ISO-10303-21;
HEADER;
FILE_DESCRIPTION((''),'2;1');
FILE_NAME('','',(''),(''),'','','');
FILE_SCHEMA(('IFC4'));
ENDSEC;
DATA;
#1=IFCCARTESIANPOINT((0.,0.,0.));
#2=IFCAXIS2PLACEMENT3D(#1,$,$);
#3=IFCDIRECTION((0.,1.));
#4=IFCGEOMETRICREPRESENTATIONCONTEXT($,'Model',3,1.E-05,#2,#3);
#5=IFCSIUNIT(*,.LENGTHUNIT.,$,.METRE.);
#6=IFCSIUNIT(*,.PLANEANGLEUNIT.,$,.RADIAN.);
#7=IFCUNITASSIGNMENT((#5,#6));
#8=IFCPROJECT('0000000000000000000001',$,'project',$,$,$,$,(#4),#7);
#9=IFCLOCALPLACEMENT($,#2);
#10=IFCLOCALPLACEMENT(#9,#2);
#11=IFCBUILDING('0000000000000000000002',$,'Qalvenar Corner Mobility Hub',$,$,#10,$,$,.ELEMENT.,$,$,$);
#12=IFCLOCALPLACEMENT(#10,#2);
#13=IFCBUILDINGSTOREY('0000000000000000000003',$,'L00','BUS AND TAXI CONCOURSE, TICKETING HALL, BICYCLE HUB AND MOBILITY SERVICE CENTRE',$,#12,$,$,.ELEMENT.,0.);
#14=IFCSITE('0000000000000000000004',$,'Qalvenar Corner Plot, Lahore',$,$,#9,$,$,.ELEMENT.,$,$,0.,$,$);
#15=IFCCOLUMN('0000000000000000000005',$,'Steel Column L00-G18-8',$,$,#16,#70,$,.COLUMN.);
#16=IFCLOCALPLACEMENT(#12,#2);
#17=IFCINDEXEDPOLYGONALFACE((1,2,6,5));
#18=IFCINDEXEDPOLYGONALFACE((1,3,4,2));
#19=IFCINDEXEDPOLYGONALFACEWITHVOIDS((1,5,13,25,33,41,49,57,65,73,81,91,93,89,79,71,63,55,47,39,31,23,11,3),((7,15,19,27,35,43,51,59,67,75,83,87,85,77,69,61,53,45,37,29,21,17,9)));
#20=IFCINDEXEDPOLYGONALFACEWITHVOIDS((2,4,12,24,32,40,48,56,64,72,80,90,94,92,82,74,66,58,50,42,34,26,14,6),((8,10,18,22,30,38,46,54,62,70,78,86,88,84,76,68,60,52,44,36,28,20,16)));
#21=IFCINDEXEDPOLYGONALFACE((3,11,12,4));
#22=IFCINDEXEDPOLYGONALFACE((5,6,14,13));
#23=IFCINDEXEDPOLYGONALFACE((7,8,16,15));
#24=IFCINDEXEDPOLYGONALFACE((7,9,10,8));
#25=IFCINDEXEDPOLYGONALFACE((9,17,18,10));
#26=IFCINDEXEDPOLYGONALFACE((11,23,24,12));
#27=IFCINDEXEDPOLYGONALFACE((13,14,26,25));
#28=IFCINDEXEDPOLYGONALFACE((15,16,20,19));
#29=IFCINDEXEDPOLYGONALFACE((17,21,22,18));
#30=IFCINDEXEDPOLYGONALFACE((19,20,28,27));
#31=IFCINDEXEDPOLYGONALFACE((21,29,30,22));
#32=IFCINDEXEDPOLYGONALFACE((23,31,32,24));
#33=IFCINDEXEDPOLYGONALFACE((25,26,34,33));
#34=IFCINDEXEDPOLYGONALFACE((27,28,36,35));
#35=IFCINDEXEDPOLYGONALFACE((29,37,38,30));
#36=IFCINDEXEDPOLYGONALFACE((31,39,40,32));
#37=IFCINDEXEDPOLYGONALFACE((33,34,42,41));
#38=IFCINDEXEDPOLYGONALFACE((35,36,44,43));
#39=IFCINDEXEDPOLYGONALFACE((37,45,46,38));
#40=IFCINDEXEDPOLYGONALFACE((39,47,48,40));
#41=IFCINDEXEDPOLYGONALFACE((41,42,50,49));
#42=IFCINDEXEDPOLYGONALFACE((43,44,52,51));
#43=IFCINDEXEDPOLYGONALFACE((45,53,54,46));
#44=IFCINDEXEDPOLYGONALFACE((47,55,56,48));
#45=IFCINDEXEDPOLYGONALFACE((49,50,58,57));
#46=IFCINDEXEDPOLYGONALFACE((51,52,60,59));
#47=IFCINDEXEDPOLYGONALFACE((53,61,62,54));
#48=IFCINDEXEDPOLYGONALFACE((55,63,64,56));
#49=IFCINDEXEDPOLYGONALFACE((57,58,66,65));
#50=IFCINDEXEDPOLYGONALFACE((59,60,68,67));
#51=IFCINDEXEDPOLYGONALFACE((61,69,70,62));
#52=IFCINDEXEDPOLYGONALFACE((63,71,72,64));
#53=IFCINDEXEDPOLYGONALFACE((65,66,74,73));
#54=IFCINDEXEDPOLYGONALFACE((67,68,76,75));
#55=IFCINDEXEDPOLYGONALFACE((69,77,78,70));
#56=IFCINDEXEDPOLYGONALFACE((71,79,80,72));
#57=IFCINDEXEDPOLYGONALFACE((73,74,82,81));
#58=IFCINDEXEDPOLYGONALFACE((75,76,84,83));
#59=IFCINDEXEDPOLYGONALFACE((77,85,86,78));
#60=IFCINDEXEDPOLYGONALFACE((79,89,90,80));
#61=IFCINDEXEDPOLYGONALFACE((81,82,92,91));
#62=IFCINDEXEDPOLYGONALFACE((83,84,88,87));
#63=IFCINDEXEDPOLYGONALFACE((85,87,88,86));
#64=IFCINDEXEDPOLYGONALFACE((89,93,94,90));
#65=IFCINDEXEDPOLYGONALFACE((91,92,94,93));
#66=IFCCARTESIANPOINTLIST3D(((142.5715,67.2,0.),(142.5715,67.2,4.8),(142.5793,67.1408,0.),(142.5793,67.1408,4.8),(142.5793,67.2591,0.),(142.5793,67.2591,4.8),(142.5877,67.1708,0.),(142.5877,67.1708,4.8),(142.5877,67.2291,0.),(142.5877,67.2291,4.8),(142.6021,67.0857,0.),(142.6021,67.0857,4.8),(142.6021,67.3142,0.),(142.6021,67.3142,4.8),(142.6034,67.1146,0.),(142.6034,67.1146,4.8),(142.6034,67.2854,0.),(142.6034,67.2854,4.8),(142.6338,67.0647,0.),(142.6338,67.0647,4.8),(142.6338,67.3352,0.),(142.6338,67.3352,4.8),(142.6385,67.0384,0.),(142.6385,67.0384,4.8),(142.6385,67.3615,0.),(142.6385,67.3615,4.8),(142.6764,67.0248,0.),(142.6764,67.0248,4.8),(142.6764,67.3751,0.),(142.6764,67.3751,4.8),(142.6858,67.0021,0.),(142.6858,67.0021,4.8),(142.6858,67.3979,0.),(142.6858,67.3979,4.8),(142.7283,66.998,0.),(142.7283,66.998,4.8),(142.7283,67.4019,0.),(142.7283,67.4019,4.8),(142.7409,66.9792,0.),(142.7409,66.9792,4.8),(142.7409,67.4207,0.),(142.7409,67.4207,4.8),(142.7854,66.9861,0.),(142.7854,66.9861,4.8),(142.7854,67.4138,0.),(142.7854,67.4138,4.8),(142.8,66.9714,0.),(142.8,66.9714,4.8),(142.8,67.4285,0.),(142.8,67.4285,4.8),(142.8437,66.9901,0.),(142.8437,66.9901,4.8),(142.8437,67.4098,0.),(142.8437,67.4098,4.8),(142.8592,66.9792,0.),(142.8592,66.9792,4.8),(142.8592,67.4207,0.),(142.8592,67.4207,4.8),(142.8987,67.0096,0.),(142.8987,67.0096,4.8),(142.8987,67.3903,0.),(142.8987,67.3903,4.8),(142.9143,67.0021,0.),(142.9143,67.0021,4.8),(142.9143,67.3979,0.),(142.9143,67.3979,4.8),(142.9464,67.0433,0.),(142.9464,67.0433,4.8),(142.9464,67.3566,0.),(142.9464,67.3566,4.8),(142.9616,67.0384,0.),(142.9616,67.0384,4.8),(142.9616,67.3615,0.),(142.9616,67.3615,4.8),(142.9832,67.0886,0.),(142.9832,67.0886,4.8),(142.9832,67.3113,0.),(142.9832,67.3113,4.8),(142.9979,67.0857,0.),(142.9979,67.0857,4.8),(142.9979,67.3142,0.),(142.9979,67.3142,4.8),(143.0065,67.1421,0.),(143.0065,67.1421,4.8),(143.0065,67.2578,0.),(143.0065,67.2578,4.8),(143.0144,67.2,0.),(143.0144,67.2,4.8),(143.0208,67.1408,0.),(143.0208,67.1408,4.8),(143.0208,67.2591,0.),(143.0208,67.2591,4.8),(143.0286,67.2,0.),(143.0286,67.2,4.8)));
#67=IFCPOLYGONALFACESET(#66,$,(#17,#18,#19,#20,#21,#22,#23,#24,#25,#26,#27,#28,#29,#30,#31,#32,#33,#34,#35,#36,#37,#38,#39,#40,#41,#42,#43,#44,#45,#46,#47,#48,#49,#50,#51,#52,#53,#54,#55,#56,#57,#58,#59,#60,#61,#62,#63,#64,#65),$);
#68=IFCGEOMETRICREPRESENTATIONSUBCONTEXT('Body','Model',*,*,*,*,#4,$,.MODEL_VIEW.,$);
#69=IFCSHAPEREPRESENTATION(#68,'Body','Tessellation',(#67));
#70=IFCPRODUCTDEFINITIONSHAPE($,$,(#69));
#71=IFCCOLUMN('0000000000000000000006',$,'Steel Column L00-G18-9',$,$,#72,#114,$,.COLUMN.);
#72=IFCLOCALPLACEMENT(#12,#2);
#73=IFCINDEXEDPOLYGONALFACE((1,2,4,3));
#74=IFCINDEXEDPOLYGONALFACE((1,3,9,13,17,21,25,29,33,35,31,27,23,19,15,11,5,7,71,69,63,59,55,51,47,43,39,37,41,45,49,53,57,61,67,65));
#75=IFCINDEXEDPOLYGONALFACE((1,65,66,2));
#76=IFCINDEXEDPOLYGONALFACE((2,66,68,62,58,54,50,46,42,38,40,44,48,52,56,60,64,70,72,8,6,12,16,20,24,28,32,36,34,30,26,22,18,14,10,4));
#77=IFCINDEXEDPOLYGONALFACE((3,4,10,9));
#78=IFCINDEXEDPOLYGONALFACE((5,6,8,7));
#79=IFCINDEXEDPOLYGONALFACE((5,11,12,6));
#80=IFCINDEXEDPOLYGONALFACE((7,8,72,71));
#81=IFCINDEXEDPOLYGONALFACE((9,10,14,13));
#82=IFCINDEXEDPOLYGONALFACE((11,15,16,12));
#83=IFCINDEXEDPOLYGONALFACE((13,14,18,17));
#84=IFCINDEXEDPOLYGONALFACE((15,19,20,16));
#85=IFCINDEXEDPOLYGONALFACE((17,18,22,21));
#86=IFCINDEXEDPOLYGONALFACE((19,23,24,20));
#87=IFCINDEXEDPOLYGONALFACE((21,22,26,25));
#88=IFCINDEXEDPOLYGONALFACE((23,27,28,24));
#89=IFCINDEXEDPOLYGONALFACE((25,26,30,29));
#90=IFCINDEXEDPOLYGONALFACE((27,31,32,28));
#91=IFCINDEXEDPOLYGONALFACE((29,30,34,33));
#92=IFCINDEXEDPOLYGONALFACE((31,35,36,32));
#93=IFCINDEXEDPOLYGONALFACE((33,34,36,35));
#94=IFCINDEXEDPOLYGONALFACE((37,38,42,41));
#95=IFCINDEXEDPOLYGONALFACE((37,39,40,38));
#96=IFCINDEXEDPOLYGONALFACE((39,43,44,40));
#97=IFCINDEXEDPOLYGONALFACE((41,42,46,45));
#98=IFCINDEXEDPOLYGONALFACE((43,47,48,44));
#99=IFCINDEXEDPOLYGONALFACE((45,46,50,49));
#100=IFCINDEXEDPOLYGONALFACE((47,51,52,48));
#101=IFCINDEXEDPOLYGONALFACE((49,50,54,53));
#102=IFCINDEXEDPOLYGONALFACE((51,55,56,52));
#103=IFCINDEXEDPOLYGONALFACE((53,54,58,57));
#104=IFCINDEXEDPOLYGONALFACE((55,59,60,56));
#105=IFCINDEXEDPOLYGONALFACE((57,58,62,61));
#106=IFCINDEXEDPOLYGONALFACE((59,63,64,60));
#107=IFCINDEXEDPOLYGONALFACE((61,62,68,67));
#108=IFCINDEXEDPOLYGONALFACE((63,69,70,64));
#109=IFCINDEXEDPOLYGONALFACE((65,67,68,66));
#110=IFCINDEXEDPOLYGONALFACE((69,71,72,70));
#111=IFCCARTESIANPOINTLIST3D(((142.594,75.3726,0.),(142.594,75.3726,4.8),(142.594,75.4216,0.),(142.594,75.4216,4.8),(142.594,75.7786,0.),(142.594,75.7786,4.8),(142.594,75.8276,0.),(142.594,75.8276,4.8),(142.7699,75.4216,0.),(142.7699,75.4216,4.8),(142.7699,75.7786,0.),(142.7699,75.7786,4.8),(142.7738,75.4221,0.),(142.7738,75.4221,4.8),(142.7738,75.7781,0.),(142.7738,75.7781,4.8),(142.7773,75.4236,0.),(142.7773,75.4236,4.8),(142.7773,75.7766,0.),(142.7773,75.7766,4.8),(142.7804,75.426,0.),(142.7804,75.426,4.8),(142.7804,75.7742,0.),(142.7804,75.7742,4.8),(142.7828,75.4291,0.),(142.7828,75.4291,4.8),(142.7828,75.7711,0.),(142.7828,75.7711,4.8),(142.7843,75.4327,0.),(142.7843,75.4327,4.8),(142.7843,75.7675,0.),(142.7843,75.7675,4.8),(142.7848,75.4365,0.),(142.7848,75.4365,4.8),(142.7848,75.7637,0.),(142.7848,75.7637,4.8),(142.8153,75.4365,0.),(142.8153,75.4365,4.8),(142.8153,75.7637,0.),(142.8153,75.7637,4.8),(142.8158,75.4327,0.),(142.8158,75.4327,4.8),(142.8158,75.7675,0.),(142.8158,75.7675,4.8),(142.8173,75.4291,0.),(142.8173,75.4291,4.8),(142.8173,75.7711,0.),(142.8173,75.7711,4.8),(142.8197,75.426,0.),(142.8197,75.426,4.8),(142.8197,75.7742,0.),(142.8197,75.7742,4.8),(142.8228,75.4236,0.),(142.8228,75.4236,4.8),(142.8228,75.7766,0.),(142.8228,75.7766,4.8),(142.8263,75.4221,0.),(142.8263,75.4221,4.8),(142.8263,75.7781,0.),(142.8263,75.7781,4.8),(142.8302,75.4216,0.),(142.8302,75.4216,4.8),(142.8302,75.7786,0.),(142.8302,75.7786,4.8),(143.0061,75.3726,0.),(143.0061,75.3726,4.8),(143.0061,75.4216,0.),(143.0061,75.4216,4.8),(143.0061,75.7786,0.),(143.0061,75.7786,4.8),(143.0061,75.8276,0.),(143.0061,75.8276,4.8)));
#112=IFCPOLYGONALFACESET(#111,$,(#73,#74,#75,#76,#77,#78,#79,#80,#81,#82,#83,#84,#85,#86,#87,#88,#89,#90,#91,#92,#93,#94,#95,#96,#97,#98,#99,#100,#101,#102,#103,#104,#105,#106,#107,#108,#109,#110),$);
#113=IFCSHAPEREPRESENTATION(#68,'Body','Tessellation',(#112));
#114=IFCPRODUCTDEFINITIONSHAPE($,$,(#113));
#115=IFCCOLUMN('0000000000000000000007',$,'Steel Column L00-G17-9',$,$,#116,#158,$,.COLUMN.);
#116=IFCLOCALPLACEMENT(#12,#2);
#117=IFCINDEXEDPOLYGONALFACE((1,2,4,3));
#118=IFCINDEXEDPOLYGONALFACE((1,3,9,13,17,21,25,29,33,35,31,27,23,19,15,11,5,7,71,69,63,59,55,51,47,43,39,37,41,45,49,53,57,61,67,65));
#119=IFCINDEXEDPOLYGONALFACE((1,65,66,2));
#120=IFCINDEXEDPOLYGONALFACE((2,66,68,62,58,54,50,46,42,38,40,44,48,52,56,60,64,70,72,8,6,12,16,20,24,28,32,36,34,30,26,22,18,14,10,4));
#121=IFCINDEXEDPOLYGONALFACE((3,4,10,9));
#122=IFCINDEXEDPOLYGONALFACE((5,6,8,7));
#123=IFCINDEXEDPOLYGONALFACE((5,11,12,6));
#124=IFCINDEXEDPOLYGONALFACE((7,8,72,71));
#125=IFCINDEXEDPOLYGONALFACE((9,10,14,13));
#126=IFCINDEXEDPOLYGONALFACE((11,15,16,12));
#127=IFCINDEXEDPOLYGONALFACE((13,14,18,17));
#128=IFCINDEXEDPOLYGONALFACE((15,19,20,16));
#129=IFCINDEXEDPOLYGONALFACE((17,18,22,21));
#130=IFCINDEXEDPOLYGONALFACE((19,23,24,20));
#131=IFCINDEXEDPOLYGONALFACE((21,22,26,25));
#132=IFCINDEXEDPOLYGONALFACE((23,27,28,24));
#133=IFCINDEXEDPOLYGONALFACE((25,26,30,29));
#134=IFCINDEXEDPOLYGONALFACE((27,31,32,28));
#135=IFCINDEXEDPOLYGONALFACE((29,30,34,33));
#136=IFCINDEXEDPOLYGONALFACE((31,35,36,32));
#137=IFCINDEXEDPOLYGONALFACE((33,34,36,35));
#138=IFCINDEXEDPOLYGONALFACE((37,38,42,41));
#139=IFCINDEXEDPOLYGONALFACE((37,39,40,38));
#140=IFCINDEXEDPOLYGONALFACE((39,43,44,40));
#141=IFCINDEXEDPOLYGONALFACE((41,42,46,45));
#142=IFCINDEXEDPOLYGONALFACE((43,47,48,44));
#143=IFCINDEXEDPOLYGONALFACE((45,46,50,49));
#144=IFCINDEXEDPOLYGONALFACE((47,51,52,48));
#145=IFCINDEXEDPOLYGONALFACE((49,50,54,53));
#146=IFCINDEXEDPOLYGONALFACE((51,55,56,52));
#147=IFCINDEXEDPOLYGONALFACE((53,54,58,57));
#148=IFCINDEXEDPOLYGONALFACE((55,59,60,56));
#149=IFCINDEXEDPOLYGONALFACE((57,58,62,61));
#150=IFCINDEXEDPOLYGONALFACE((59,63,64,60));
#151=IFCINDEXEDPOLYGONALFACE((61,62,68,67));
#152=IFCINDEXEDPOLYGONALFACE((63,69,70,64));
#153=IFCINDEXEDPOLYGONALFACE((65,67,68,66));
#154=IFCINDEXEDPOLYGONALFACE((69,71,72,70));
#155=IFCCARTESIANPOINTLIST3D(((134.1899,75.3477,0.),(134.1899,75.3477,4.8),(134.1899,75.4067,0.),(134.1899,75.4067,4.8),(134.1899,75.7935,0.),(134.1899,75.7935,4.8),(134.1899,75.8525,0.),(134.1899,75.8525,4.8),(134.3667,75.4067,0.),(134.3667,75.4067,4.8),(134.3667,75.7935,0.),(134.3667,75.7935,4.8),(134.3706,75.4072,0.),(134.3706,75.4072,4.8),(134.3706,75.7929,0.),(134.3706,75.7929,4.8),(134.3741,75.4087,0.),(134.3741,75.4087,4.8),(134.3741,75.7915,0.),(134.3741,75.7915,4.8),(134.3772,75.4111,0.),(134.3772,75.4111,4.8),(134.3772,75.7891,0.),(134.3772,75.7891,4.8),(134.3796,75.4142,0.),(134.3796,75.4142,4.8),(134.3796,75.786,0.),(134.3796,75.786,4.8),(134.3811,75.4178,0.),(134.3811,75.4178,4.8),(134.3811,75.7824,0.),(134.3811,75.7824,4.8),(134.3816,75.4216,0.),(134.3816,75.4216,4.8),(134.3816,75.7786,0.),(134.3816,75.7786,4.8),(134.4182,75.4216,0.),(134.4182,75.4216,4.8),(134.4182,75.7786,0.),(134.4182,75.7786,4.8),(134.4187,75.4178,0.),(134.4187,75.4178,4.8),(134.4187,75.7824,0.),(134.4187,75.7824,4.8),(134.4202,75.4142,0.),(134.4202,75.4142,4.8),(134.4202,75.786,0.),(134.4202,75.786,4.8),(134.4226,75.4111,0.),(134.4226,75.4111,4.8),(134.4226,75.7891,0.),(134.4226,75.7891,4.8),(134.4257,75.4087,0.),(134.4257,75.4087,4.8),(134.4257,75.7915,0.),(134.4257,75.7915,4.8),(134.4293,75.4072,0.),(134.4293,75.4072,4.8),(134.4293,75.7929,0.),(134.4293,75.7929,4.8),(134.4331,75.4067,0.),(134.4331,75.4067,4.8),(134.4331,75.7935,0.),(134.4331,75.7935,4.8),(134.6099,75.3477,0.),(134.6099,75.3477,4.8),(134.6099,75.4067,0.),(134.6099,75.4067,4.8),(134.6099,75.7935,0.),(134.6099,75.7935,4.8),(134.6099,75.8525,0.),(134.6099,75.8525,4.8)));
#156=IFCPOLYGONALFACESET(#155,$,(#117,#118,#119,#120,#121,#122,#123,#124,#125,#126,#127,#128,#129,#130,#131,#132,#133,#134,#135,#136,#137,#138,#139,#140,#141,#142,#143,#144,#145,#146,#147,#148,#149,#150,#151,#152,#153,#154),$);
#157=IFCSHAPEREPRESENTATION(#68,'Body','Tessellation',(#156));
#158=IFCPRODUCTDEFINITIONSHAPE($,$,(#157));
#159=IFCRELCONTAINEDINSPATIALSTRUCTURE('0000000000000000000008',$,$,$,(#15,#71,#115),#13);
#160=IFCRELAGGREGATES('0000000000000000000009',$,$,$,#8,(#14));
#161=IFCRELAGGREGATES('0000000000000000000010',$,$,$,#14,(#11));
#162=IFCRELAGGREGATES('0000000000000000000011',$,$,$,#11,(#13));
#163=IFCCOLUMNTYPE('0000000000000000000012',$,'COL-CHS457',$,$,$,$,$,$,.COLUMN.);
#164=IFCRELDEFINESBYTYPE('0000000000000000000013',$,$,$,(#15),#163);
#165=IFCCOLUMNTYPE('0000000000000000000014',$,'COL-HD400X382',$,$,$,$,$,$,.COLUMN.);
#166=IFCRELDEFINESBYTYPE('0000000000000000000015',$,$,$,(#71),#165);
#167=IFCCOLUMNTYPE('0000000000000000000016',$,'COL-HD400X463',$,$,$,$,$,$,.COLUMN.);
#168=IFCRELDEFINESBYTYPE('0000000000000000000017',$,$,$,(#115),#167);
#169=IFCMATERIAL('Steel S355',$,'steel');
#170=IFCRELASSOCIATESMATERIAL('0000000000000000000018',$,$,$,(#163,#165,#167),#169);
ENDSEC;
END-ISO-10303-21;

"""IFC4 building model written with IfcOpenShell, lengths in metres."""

from ifc_helpers import new_model, si_unit, direction, frame, origin, origin_2d, place, context, subcontext, project, spatial, hollow_circle, i_section, extrude, material, material_profile, profile_set, type_object, element, save


model = new_model("IFC4")

# Units and contexts
model_context = context("Model", 3, precision=1e-05, world=origin(), true_north=direction((0.0, 1.0)))
body_context = subcontext(model_context, "Body", "Model", "MODEL_VIEW")
ifc_project = project(units=[si_unit("LENGTHUNIT", "METRE"), si_unit("PLANEANGLEUNIT", "RADIAN")], contexts=[model_context])

# Site, building, storey
site_placement = place(None, origin())
site = spatial("IfcSite", under=ifc_project, at=site_placement, Name="Qalvenar Corner Plot, Lahore", CompositionType="ELEMENT", RefElevation=0.0)
building_placement = place(site_placement, origin())
building = spatial("IfcBuilding", under=site, at=building_placement, Name="Qalvenar Corner Mobility Hub", CompositionType="ELEMENT")
storey_placement = place(building_placement, origin())
storey = spatial("IfcBuildingStorey", under=building, at=storey_placement, Name="L00", Description="BUS AND TAXI CONCOURSE, TICKETING HALL, BICYCLE HUB AND MOBILITY SERVICE CENTRE", CompositionType="ELEMENT", Elevation=0.0)

# Columns
ifc_material_1 = material(Name="Steel S355", Category="steel")
ifc_material_profile_1 = material_profile(ifc_material_1, hollow_circle(Radius=0.2285, WallThickness=0.0142, at=origin_2d()), Name="CHS457x14.2")
ifc_profile_set_1 = profile_set([ifc_material_profile_1], Name="Steel S355")
column_type_1 = type_object("IfcColumnType", Name="COL-CHS457", PredefinedType="COLUMN", material=ifc_profile_set_1)
column_1_placement = place(storey_placement, frame((142.8, 67.2, 0.0), z_axis=(0.0, 0.0, 1.0), x_axis=(1.0, 0.0, 0.0)))
element("IfcColumn", 1, at=column_1_placement, inside=storey, type_object=column_type_1, Name="Steel Column L00-G18-8", PredefinedType="COLUMN", context=body_context, shape_type="SweptSolid", body=[
    extrude(hollow_circle(Radius=0.2285, WallThickness=0.0142, at=origin_2d()), origin(), (0.0, 0.0, 1.0), 4.8),
])
ifc_material_profile_2 = material_profile(ifc_material_1, i_section(OverallWidth=0.4121, OverallDepth=0.4551, WebThickness=0.0305, FlangeThickness=0.0491, FilletRadius=0.0149, at=origin_2d()), Name="HD400x421")
ifc_profile_set_2 = profile_set([ifc_material_profile_2], Name="Steel S355")
column_type_2 = type_object("IfcColumnType", Name="COL-HD400X382", PredefinedType="COLUMN", material=ifc_profile_set_2)
column_2_placement = place(storey_placement, frame((142.8, 75.6001, 0.0), z_axis=(0.0, 0.0, 1.0), x_axis=(1.0, 0.0, 0.0)))
element("IfcColumn", 2, at=column_2_placement, inside=storey, type_object=column_type_2, Name="Steel Column L00-G18-9", PredefinedType="COLUMN", context=body_context, shape_type="SweptSolid", body=[
    extrude(i_section(OverallWidth=0.4121, OverallDepth=0.4551, WebThickness=0.0305, FlangeThickness=0.0491, FilletRadius=0.0149, at=origin_2d()), origin(), (0.0, 0.0, 1.0), 4.8),
])
ifc_material_profile_3 = material_profile(ifc_material_1, i_section(OverallWidth=0.4199, OverallDepth=0.5049, WebThickness=0.0366, FlangeThickness=0.0591, FilletRadius=0.0149, at=origin_2d()), Name="HD400x551")
ifc_profile_set_3 = profile_set([ifc_material_profile_3], Name="Steel S355")
column_type_3 = type_object("IfcColumnType", Name="COL-HD400X463", PredefinedType="COLUMN", material=ifc_profile_set_3)
column_3_placement = place(storey_placement, frame((134.3999, 75.6001, 0.0), z_axis=(0.0, 0.0, 1.0), x_axis=(1.0, 0.0, 0.0)))
element("IfcColumn", 3, at=column_3_placement, inside=storey, type_object=column_type_3, Name="Steel Column L00-G17-9", PredefinedType="COLUMN", context=body_context, shape_type="SweptSolid", body=[
    extrude(i_section(OverallWidth=0.4199, OverallDepth=0.5049, WebThickness=0.0366, FlangeThickness=0.0591, FilletRadius=0.0149, at=origin_2d()), origin(), (0.0, 0.0, 1.0), 4.8),
])

save(model, "model.ifc")
